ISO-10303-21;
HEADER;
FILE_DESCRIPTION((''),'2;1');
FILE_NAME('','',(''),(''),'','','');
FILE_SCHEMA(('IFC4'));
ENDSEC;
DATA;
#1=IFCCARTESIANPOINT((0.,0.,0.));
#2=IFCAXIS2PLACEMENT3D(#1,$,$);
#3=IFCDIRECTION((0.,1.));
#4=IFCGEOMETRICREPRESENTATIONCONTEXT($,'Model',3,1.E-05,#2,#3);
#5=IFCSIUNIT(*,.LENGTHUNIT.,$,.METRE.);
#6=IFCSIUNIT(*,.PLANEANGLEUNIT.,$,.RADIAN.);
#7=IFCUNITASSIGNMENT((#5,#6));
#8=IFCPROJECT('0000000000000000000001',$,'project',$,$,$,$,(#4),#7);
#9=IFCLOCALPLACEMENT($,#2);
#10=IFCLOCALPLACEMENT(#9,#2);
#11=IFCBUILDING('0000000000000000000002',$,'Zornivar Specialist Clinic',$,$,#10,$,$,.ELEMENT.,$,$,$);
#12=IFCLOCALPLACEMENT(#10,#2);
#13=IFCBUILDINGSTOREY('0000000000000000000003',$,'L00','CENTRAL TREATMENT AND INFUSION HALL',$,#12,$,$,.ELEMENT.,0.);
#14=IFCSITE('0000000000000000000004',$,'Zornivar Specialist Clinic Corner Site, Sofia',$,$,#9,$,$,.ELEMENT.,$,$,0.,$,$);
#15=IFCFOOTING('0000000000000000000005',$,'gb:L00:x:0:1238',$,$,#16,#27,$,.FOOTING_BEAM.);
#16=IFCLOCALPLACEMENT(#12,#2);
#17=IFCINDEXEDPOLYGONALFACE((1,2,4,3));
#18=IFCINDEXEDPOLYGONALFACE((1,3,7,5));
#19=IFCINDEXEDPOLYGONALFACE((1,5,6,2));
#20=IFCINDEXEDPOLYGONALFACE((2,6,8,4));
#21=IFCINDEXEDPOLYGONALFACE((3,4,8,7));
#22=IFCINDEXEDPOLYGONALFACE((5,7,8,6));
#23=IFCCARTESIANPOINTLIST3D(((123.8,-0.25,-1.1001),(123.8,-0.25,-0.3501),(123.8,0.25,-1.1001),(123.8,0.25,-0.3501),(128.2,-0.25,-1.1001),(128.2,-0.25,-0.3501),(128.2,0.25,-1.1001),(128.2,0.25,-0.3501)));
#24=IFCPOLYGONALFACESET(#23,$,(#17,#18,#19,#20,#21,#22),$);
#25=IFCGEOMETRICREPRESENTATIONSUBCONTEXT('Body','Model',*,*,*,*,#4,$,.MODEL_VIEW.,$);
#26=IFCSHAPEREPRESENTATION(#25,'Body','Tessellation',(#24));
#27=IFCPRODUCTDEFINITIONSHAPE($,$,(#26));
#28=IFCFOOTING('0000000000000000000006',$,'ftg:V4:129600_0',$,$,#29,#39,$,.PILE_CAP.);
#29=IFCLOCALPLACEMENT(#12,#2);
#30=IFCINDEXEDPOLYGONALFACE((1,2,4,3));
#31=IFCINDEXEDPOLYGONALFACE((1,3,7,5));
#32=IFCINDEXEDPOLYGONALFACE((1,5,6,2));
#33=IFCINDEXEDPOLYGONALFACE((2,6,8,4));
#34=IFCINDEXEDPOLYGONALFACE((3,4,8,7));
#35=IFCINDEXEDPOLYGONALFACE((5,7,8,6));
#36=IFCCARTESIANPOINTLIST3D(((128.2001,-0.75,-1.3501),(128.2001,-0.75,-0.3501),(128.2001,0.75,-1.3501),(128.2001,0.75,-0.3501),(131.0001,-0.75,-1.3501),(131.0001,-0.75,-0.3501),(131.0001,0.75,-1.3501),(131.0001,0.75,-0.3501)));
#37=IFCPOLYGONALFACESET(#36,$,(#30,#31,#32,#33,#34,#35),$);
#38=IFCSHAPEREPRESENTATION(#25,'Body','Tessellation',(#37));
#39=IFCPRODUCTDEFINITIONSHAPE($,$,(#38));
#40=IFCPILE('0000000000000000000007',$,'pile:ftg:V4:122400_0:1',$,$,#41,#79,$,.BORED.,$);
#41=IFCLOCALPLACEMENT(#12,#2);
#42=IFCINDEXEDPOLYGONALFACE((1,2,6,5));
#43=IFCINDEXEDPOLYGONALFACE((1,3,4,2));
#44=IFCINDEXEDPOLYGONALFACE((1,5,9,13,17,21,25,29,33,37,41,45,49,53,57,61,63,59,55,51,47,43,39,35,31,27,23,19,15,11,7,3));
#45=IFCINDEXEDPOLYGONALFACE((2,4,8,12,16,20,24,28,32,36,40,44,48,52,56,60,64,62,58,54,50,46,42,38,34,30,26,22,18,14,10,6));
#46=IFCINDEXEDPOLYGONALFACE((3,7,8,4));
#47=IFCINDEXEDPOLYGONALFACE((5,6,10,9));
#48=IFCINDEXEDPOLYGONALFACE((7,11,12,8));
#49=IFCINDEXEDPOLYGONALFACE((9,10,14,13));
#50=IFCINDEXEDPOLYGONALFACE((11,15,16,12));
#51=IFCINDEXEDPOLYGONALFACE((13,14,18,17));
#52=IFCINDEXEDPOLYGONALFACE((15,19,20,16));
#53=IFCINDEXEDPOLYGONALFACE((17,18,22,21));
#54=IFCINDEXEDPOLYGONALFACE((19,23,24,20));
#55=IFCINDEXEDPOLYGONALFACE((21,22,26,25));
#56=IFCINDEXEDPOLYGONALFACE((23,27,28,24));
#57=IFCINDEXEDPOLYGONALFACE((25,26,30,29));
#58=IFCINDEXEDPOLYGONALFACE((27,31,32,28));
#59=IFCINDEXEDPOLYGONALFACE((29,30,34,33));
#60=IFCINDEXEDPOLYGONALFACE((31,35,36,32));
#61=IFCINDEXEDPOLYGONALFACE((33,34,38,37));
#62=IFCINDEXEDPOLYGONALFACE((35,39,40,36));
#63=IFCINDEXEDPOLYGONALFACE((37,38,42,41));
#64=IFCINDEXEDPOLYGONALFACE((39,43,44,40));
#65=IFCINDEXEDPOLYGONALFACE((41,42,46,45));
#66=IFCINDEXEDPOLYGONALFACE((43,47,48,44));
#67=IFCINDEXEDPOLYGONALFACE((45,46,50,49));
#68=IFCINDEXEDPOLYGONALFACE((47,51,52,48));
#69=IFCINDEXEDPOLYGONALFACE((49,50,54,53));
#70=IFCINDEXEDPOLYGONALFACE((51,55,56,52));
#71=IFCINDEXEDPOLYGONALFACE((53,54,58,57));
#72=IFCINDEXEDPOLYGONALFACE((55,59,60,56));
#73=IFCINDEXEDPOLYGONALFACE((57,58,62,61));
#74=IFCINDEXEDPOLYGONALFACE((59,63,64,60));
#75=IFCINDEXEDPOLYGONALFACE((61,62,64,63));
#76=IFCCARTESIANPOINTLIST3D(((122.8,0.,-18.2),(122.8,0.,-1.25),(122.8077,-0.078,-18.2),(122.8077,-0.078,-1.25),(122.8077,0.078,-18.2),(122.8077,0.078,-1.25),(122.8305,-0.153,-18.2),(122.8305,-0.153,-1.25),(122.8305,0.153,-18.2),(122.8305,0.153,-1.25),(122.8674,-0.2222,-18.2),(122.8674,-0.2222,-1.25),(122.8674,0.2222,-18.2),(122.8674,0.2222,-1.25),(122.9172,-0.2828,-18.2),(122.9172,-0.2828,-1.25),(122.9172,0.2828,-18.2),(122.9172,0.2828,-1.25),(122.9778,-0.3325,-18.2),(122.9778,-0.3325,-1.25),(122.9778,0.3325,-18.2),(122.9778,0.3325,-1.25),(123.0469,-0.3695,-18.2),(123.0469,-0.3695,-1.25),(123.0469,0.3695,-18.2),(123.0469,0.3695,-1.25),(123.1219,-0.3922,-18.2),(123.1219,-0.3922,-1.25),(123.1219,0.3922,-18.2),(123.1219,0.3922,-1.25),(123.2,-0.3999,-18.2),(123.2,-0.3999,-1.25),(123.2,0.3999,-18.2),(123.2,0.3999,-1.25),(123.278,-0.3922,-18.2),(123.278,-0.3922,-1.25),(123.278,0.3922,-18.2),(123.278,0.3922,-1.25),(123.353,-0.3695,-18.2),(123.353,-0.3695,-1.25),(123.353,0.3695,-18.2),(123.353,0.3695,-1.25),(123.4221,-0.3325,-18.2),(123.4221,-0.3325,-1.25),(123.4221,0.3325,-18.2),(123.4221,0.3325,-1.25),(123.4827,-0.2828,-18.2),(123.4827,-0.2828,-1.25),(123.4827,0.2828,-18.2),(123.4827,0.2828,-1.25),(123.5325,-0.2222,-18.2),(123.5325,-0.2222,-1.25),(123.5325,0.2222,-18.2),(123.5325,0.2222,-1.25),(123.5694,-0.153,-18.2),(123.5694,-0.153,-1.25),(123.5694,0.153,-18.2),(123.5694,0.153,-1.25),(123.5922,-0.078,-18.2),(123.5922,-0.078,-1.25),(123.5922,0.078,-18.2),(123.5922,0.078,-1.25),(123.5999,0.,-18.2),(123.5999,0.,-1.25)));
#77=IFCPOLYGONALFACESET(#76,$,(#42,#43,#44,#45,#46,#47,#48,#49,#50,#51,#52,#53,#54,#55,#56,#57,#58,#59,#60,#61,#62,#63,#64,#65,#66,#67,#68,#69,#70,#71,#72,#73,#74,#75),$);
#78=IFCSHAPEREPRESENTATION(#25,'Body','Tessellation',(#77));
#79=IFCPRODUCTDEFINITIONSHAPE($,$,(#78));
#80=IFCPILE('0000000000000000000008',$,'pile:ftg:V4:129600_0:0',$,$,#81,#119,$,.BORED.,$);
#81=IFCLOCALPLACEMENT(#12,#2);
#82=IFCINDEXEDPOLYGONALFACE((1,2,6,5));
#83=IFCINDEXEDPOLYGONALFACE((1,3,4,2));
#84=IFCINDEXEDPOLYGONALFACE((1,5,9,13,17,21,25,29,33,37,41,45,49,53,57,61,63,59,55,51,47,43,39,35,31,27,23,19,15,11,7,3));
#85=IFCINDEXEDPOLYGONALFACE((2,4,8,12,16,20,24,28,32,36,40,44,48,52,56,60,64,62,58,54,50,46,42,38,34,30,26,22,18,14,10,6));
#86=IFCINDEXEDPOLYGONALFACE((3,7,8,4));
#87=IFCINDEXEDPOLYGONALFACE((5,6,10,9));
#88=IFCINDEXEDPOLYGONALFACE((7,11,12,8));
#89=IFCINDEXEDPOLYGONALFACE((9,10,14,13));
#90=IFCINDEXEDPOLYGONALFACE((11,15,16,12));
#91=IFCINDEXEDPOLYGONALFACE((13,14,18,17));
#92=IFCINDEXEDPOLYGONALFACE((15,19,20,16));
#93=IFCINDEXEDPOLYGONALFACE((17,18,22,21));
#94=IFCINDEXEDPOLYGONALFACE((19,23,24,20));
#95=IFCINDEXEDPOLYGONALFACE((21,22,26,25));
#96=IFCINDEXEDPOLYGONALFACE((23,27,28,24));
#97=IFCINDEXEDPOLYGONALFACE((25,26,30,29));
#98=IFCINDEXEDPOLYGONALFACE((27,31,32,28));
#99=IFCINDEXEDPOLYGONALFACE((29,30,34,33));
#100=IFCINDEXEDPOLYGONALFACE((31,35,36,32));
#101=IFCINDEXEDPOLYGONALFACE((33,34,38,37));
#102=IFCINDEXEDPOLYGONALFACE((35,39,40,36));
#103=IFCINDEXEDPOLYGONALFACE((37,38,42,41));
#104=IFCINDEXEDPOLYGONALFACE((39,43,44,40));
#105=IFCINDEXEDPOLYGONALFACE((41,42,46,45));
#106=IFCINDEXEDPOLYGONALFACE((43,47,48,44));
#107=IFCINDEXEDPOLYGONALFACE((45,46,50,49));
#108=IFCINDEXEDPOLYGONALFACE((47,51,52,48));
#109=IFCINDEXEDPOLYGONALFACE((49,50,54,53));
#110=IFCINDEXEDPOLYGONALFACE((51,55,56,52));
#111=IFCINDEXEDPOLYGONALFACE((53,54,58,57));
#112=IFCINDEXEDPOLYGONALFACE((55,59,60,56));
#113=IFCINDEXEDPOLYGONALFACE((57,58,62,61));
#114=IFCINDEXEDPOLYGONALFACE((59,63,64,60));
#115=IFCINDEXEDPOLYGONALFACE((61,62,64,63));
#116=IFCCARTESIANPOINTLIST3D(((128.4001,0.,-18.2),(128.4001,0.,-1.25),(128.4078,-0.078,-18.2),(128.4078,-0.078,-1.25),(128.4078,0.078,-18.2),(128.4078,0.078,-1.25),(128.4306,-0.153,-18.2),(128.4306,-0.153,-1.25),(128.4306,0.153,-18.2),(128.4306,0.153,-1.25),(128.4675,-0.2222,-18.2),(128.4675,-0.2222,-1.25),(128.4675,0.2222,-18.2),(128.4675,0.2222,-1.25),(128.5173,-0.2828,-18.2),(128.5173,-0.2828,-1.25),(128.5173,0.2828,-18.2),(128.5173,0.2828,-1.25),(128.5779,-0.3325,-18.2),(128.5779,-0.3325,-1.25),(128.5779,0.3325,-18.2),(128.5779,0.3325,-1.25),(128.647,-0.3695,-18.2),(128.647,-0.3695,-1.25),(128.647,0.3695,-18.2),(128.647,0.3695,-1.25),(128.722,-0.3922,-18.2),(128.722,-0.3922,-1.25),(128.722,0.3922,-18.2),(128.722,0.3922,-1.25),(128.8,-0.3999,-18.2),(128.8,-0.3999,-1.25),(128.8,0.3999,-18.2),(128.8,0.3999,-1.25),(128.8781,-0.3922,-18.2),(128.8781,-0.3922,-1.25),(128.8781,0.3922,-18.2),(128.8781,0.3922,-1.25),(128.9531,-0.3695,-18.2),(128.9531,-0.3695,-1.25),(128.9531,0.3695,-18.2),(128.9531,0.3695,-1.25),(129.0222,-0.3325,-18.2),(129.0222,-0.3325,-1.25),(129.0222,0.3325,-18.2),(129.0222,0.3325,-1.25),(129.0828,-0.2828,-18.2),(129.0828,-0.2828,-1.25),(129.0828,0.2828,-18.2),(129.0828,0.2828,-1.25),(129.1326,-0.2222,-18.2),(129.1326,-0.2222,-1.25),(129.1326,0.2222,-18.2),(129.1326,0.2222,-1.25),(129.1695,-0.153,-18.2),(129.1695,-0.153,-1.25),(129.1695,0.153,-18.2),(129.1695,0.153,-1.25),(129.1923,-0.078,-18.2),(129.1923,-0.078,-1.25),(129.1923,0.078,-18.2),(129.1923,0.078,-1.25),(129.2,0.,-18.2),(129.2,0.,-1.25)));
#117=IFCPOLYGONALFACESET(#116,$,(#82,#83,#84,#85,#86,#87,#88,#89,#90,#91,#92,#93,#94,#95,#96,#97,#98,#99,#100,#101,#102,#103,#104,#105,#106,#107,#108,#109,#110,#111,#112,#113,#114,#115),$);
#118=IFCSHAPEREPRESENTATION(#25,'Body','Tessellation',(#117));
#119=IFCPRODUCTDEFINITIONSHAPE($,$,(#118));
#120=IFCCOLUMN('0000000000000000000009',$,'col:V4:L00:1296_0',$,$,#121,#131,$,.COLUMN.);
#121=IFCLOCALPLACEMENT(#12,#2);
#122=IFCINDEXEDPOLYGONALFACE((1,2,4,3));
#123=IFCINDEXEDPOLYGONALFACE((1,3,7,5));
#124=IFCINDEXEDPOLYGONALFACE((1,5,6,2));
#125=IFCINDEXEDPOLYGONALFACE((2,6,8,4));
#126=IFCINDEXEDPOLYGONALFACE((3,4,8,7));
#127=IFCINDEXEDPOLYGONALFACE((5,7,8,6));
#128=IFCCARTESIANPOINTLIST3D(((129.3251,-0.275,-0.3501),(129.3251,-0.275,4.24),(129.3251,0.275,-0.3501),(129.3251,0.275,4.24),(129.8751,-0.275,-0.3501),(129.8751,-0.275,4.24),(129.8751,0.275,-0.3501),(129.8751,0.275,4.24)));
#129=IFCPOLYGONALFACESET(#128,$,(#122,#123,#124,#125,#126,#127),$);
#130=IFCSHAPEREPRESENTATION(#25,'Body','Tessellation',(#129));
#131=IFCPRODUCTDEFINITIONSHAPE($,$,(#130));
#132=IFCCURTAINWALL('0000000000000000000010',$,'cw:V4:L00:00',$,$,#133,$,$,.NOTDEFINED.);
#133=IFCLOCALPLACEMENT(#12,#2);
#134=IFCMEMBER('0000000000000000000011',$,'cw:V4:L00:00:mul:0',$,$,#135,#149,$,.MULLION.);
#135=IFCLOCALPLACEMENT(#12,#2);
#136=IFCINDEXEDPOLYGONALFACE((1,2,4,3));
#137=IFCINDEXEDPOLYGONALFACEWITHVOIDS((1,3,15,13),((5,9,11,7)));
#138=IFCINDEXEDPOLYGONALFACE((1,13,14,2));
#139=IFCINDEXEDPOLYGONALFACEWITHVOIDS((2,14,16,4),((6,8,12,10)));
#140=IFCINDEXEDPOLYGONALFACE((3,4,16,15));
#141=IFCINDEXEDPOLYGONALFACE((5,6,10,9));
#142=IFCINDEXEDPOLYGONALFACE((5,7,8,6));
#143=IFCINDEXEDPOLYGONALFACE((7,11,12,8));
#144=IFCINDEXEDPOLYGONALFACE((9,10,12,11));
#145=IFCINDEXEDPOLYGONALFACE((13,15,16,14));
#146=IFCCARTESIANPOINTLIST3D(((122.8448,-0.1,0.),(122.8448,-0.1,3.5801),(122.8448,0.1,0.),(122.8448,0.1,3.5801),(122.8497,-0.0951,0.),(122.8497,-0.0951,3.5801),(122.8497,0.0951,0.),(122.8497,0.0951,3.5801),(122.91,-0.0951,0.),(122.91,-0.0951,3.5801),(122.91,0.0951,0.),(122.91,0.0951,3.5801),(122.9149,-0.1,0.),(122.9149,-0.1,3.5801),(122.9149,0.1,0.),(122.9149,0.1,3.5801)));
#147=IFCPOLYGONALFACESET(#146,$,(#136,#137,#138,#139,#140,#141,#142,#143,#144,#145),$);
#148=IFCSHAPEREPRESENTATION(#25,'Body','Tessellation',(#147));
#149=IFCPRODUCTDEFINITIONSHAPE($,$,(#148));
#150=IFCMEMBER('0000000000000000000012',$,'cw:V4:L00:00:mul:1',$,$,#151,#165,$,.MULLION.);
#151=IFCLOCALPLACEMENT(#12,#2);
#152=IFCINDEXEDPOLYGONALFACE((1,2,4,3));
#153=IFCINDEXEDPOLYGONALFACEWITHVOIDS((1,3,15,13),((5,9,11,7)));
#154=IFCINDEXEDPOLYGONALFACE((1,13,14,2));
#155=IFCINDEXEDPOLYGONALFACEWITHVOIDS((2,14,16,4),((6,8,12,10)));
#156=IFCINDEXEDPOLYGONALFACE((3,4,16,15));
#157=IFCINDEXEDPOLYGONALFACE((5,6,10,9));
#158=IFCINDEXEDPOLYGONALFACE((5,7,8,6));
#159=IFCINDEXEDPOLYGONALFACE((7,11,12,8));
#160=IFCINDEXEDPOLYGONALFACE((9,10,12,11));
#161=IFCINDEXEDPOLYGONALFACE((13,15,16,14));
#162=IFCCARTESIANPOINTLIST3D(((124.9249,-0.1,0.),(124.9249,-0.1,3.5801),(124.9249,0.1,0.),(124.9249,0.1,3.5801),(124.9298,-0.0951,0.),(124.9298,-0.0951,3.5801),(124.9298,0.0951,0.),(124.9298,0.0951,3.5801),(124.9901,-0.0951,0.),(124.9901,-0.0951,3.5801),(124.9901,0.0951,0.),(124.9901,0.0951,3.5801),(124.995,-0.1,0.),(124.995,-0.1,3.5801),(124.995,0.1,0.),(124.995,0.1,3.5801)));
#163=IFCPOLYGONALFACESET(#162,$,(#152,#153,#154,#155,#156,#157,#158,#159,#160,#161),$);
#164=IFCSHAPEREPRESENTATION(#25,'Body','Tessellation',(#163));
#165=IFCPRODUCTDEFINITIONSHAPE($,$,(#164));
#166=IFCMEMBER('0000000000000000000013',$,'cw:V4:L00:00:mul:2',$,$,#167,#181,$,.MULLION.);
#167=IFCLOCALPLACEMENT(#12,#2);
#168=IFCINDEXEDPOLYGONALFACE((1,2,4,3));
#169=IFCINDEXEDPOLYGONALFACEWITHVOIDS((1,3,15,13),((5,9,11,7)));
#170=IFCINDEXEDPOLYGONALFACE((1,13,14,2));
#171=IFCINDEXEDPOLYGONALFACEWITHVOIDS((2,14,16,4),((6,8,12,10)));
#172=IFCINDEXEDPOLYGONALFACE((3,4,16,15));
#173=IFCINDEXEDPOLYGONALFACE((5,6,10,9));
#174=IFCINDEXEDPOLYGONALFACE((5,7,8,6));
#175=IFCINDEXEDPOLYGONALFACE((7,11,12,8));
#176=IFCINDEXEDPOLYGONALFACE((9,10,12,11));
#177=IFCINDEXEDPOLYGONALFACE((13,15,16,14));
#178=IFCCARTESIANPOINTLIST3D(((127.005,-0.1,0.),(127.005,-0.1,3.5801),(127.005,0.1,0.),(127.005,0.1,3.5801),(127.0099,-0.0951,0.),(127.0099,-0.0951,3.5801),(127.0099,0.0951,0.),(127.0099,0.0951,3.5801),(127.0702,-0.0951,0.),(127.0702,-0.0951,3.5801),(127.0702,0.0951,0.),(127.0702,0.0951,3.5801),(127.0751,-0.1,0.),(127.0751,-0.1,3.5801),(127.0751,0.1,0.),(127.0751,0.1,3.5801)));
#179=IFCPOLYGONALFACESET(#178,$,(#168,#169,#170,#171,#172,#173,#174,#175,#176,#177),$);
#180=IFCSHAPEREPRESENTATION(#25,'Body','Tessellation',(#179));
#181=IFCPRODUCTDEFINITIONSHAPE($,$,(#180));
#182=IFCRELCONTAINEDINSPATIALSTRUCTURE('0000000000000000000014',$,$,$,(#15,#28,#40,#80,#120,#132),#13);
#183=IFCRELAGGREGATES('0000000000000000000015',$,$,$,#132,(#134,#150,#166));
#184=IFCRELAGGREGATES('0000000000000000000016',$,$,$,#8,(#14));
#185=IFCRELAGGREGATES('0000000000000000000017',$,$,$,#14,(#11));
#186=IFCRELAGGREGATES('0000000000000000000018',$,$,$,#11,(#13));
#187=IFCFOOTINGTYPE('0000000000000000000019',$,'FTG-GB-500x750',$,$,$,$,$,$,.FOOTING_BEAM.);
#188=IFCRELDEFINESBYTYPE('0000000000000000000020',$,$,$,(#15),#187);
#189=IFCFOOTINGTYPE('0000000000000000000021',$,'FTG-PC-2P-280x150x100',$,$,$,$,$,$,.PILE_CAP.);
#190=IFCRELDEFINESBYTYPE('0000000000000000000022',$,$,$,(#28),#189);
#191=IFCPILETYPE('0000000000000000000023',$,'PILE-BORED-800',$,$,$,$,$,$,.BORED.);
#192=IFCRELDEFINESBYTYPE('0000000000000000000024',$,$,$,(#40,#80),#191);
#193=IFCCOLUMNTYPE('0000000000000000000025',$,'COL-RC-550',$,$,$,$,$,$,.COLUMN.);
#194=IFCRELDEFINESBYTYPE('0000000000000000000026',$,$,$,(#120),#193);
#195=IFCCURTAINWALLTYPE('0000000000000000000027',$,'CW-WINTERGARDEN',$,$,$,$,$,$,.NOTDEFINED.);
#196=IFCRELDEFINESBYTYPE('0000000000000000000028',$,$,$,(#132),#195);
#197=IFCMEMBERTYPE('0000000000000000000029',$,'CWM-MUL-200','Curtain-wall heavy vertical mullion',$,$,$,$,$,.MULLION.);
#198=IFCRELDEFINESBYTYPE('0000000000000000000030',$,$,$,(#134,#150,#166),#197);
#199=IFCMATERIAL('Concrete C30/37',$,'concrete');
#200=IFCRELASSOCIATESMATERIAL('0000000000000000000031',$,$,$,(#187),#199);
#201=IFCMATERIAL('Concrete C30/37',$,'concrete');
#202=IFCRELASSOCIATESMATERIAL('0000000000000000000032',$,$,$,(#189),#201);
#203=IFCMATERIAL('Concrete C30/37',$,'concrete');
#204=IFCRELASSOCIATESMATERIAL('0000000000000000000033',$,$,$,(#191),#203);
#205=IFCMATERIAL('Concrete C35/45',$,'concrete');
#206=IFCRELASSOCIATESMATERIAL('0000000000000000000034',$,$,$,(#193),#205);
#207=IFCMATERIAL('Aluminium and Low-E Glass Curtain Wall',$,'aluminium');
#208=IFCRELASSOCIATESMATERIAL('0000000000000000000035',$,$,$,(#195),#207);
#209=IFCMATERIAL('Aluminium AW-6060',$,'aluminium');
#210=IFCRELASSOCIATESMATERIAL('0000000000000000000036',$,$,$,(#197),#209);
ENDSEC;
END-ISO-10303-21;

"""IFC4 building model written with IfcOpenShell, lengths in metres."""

from ifc_helpers import new_model, si_unit, direction, frame, origin, origin_2d, place, context, subcontext, project, spatial, rectangle, hollow_rectangle, circle, extrude, material, material_profile, profile_set, type_object, element, aggregate, save


model = new_model("IFC4")

# Units and contexts
model_context = context("Model", 3, precision=1e-05, world=origin(), true_north=direction((0.0, 1.0)))
body_context = subcontext(model_context, "Body", "Model", "MODEL_VIEW")
ifc_project = project(units=[si_unit("LENGTHUNIT", "METRE"), si_unit("PLANEANGLEUNIT", "RADIAN")], contexts=[model_context])

# Site, building, storey
site_placement = place(None, origin())
site = spatial("IfcSite", under=ifc_project, at=site_placement, Name="Zornivar Specialist Clinic Corner Site, Sofia", CompositionType="ELEMENT", RefElevation=0.0)
building_placement = place(site_placement, origin())
building = spatial("IfcBuilding", under=site, at=building_placement, Name="Zornivar Specialist Clinic", CompositionType="ELEMENT")
storey_placement = place(building_placement, origin())
storey = spatial("IfcBuildingStorey", under=building, at=storey_placement, Name="L00", Description="CENTRAL TREATMENT AND INFUSION HALL", CompositionType="ELEMENT", Elevation=0.0)

# Footings
ifc_material_1 = material(Name="Concrete C30/37", Category="concrete")
ifc_material_profile_1 = material_profile(ifc_material_1, rectangle(XDim=0.5, YDim=0.75, at=origin_2d()), Name="RC 500x750")
ifc_profile_set_1 = profile_set([ifc_material_profile_1], Name="Concrete C30/37")
footing_type_1 = type_object("IfcFootingType", Name="FTG-GB-500x750", PredefinedType="FOOTING_BEAM", material=ifc_profile_set_1)
footing_1_placement = place(storey_placement, frame((123.8, 0.0, -0.7251), z_axis=(1.0, 0.0, 0.0), x_axis=(0.0, 1.0, 0.0)))
element("IfcFooting", 1, at=footing_1_placement, inside=storey, type_object=footing_type_1, Name="gb:L00:x:0:1238", PredefinedType="FOOTING_BEAM", context=body_context, shape_type="SweptSolid", body=[
    extrude(rectangle(XDim=0.5, YDim=0.75, at=origin_2d()), origin(), (0.0, 0.0, 1.0), 4.3999),
])
ifc_material_2 = material(Name="Concrete C30/37", Category="concrete")
footing_type_2 = type_object("IfcFootingType", Name="FTG-PC-2P-280x150x100", PredefinedType="PILE_CAP", material=ifc_material_2)
footing_2_placement = place(storey_placement, frame((129.6001, 0.0, -1.3501), z_axis=(0.0, 0.0, 1.0), x_axis=(1.0, 0.0, 0.0)))
element("IfcFooting", 2, at=footing_2_placement, inside=storey, type_object=footing_type_2, Name="ftg:V4:129600_0", PredefinedType="PILE_CAP", context=body_context, shape_type="SweptSolid", body=[
    extrude(rectangle(XDim=2.8, YDim=1.5, at=origin_2d()), origin(), (0.0, 0.0, 1.0), 1.0),
])

# Piles
ifc_material_3 = material(Name="Concrete C30/37", Category="concrete")
ifc_material_profile_2 = material_profile(ifc_material_3, circle(Radius=0.3999, at=origin_2d()), Name="PILE D800")
ifc_profile_set_2 = profile_set([ifc_material_profile_2], Name="Concrete C30/37")
pile_type = type_object("IfcPileType", Name="PILE-BORED-800", PredefinedType="BORED", material=ifc_profile_set_2)
for number, where, z_axis, x_axis, name in (
    (3, (123.2, 0.0, -1.25), (0.0, 0.0, -1.0), (1.0, 0.0, 0.0), "pile:ftg:V4:122400_0:1"),
    (4, (128.8, 0.0, -1.25), (0.0, 0.0, -1.0), (1.0, 0.0, 0.0), "pile:ftg:V4:129600_0:0"),
):
    element("IfcPile", number, at=place(storey_placement, frame(where, z_axis=z_axis, x_axis=x_axis)), inside=storey, type_object=pile_type, Name=name, PredefinedType="BORED", context=body_context, shape_type="SweptSolid", body=[
        extrude(circle(Radius=0.3999, at=origin_2d()), origin(), (0.0, 0.0, 1.0), 16.95),
    ])

# Column
ifc_material_4 = material(Name="Concrete C35/45", Category="concrete")
ifc_material_profile_3 = material_profile(ifc_material_4, rectangle(XDim=0.55, YDim=0.55, at=origin_2d()), Name="RC 550x550")
ifc_profile_set_3 = profile_set([ifc_material_profile_3], Name="Concrete C35/45")
column_type = type_object("IfcColumnType", Name="COL-RC-550", PredefinedType="COLUMN", material=ifc_profile_set_3)
column_placement = place(storey_placement, frame((129.6001, 0.0, -0.3501), z_axis=(0.0, 0.0, 1.0), x_axis=(1.0, 0.0, 0.0)))
element("IfcColumn", 5, at=column_placement, inside=storey, type_object=column_type, Name="col:V4:L00:1296_0", PredefinedType="COLUMN", context=body_context, shape_type="SweptSolid", body=[
    extrude(rectangle(XDim=0.55, YDim=0.55, at=origin_2d()), origin(), (0.0, 0.0, 1.0), 4.5901),
])

# Curtain wall, members
ifc_material_5 = material(Name="Aluminium and Low-E Glass Curtain Wall", Category="aluminium")
curtain_wall_type = type_object("IfcCurtainWallType", Name="CW-WINTERGARDEN", PredefinedType="NOTDEFINED", material=ifc_material_5)
curtain_wall_1_placement = place(storey_placement, origin())
curtain_wall_1 = element("IfcCurtainWall", 6, at=curtain_wall_1_placement, inside=storey, type_object=curtain_wall_type, Name="cw:V4:L00:00", PredefinedType="NOTDEFINED")
ifc_material_6 = material(Name="Aluminium AW-6060", Category="aluminium")
ifc_material_profile_4 = material_profile(ifc_material_6, hollow_rectangle(XDim=0.0701, YDim=0.2, WallThickness=0.0049, at=origin_2d()), Name="ALU 70x200x5")
ifc_profile_set_4 = profile_set([ifc_material_profile_4], Name="Aluminium AW-6060")
member_type_1 = type_object("IfcMemberType", Name="CWM-MUL-200", Description="Curtain-wall heavy vertical mullion", PredefinedType="MULLION", material=ifc_profile_set_4)
member_1_placement = place(storey_placement, frame((122.8799, 0.0, 0.0), z_axis=(0.0, 0.0, 1.0), x_axis=(1.0, 0.0, 0.0)))
member_1 = element("IfcMember", 7, at=member_1_placement, type_object=member_type_1, Name="cw:V4:L00:00:mul:0", PredefinedType="MULLION", context=body_context, shape_type="SweptSolid", body=[
    extrude(hollow_rectangle(XDim=0.0701, YDim=0.2, WallThickness=0.0049, at=origin_2d()), origin(), (0.0, 0.0, 1.0), 3.5801),
])
member_2_placement = place(storey_placement, frame((124.96, 0.0, 0.0), z_axis=(0.0, 0.0, 1.0), x_axis=(1.0, 0.0, 0.0)))
member_2 = element("IfcMember", 8, at=member_2_placement, type_object=member_type_1, Name="cw:V4:L00:00:mul:1", PredefinedType="MULLION", context=body_context, shape_type="SweptSolid", body=[
    extrude(hollow_rectangle(XDim=0.0701, YDim=0.2, WallThickness=0.0049, at=origin_2d()), origin(), (0.0, 0.0, 1.0), 3.5801),
])
member_3_placement = place(storey_placement, frame((127.04, 0.0, 0.0), z_axis=(0.0, 0.0, 1.0), x_axis=(1.0, 0.0, 0.0)))
member_3 = element("IfcMember", 9, at=member_3_placement, type_object=member_type_1, Name="cw:V4:L00:00:mul:2", PredefinedType="MULLION", context=body_context, shape_type="SweptSolid", body=[
    extrude(hollow_rectangle(XDim=0.0701, YDim=0.2, WallThickness=0.0049, at=origin_2d()), origin(), (0.0, 0.0, 1.0), 3.5801),
])

aggregate(curtain_wall_1, [member_1, member_2, member_3])

save(model, "model.ifc")
